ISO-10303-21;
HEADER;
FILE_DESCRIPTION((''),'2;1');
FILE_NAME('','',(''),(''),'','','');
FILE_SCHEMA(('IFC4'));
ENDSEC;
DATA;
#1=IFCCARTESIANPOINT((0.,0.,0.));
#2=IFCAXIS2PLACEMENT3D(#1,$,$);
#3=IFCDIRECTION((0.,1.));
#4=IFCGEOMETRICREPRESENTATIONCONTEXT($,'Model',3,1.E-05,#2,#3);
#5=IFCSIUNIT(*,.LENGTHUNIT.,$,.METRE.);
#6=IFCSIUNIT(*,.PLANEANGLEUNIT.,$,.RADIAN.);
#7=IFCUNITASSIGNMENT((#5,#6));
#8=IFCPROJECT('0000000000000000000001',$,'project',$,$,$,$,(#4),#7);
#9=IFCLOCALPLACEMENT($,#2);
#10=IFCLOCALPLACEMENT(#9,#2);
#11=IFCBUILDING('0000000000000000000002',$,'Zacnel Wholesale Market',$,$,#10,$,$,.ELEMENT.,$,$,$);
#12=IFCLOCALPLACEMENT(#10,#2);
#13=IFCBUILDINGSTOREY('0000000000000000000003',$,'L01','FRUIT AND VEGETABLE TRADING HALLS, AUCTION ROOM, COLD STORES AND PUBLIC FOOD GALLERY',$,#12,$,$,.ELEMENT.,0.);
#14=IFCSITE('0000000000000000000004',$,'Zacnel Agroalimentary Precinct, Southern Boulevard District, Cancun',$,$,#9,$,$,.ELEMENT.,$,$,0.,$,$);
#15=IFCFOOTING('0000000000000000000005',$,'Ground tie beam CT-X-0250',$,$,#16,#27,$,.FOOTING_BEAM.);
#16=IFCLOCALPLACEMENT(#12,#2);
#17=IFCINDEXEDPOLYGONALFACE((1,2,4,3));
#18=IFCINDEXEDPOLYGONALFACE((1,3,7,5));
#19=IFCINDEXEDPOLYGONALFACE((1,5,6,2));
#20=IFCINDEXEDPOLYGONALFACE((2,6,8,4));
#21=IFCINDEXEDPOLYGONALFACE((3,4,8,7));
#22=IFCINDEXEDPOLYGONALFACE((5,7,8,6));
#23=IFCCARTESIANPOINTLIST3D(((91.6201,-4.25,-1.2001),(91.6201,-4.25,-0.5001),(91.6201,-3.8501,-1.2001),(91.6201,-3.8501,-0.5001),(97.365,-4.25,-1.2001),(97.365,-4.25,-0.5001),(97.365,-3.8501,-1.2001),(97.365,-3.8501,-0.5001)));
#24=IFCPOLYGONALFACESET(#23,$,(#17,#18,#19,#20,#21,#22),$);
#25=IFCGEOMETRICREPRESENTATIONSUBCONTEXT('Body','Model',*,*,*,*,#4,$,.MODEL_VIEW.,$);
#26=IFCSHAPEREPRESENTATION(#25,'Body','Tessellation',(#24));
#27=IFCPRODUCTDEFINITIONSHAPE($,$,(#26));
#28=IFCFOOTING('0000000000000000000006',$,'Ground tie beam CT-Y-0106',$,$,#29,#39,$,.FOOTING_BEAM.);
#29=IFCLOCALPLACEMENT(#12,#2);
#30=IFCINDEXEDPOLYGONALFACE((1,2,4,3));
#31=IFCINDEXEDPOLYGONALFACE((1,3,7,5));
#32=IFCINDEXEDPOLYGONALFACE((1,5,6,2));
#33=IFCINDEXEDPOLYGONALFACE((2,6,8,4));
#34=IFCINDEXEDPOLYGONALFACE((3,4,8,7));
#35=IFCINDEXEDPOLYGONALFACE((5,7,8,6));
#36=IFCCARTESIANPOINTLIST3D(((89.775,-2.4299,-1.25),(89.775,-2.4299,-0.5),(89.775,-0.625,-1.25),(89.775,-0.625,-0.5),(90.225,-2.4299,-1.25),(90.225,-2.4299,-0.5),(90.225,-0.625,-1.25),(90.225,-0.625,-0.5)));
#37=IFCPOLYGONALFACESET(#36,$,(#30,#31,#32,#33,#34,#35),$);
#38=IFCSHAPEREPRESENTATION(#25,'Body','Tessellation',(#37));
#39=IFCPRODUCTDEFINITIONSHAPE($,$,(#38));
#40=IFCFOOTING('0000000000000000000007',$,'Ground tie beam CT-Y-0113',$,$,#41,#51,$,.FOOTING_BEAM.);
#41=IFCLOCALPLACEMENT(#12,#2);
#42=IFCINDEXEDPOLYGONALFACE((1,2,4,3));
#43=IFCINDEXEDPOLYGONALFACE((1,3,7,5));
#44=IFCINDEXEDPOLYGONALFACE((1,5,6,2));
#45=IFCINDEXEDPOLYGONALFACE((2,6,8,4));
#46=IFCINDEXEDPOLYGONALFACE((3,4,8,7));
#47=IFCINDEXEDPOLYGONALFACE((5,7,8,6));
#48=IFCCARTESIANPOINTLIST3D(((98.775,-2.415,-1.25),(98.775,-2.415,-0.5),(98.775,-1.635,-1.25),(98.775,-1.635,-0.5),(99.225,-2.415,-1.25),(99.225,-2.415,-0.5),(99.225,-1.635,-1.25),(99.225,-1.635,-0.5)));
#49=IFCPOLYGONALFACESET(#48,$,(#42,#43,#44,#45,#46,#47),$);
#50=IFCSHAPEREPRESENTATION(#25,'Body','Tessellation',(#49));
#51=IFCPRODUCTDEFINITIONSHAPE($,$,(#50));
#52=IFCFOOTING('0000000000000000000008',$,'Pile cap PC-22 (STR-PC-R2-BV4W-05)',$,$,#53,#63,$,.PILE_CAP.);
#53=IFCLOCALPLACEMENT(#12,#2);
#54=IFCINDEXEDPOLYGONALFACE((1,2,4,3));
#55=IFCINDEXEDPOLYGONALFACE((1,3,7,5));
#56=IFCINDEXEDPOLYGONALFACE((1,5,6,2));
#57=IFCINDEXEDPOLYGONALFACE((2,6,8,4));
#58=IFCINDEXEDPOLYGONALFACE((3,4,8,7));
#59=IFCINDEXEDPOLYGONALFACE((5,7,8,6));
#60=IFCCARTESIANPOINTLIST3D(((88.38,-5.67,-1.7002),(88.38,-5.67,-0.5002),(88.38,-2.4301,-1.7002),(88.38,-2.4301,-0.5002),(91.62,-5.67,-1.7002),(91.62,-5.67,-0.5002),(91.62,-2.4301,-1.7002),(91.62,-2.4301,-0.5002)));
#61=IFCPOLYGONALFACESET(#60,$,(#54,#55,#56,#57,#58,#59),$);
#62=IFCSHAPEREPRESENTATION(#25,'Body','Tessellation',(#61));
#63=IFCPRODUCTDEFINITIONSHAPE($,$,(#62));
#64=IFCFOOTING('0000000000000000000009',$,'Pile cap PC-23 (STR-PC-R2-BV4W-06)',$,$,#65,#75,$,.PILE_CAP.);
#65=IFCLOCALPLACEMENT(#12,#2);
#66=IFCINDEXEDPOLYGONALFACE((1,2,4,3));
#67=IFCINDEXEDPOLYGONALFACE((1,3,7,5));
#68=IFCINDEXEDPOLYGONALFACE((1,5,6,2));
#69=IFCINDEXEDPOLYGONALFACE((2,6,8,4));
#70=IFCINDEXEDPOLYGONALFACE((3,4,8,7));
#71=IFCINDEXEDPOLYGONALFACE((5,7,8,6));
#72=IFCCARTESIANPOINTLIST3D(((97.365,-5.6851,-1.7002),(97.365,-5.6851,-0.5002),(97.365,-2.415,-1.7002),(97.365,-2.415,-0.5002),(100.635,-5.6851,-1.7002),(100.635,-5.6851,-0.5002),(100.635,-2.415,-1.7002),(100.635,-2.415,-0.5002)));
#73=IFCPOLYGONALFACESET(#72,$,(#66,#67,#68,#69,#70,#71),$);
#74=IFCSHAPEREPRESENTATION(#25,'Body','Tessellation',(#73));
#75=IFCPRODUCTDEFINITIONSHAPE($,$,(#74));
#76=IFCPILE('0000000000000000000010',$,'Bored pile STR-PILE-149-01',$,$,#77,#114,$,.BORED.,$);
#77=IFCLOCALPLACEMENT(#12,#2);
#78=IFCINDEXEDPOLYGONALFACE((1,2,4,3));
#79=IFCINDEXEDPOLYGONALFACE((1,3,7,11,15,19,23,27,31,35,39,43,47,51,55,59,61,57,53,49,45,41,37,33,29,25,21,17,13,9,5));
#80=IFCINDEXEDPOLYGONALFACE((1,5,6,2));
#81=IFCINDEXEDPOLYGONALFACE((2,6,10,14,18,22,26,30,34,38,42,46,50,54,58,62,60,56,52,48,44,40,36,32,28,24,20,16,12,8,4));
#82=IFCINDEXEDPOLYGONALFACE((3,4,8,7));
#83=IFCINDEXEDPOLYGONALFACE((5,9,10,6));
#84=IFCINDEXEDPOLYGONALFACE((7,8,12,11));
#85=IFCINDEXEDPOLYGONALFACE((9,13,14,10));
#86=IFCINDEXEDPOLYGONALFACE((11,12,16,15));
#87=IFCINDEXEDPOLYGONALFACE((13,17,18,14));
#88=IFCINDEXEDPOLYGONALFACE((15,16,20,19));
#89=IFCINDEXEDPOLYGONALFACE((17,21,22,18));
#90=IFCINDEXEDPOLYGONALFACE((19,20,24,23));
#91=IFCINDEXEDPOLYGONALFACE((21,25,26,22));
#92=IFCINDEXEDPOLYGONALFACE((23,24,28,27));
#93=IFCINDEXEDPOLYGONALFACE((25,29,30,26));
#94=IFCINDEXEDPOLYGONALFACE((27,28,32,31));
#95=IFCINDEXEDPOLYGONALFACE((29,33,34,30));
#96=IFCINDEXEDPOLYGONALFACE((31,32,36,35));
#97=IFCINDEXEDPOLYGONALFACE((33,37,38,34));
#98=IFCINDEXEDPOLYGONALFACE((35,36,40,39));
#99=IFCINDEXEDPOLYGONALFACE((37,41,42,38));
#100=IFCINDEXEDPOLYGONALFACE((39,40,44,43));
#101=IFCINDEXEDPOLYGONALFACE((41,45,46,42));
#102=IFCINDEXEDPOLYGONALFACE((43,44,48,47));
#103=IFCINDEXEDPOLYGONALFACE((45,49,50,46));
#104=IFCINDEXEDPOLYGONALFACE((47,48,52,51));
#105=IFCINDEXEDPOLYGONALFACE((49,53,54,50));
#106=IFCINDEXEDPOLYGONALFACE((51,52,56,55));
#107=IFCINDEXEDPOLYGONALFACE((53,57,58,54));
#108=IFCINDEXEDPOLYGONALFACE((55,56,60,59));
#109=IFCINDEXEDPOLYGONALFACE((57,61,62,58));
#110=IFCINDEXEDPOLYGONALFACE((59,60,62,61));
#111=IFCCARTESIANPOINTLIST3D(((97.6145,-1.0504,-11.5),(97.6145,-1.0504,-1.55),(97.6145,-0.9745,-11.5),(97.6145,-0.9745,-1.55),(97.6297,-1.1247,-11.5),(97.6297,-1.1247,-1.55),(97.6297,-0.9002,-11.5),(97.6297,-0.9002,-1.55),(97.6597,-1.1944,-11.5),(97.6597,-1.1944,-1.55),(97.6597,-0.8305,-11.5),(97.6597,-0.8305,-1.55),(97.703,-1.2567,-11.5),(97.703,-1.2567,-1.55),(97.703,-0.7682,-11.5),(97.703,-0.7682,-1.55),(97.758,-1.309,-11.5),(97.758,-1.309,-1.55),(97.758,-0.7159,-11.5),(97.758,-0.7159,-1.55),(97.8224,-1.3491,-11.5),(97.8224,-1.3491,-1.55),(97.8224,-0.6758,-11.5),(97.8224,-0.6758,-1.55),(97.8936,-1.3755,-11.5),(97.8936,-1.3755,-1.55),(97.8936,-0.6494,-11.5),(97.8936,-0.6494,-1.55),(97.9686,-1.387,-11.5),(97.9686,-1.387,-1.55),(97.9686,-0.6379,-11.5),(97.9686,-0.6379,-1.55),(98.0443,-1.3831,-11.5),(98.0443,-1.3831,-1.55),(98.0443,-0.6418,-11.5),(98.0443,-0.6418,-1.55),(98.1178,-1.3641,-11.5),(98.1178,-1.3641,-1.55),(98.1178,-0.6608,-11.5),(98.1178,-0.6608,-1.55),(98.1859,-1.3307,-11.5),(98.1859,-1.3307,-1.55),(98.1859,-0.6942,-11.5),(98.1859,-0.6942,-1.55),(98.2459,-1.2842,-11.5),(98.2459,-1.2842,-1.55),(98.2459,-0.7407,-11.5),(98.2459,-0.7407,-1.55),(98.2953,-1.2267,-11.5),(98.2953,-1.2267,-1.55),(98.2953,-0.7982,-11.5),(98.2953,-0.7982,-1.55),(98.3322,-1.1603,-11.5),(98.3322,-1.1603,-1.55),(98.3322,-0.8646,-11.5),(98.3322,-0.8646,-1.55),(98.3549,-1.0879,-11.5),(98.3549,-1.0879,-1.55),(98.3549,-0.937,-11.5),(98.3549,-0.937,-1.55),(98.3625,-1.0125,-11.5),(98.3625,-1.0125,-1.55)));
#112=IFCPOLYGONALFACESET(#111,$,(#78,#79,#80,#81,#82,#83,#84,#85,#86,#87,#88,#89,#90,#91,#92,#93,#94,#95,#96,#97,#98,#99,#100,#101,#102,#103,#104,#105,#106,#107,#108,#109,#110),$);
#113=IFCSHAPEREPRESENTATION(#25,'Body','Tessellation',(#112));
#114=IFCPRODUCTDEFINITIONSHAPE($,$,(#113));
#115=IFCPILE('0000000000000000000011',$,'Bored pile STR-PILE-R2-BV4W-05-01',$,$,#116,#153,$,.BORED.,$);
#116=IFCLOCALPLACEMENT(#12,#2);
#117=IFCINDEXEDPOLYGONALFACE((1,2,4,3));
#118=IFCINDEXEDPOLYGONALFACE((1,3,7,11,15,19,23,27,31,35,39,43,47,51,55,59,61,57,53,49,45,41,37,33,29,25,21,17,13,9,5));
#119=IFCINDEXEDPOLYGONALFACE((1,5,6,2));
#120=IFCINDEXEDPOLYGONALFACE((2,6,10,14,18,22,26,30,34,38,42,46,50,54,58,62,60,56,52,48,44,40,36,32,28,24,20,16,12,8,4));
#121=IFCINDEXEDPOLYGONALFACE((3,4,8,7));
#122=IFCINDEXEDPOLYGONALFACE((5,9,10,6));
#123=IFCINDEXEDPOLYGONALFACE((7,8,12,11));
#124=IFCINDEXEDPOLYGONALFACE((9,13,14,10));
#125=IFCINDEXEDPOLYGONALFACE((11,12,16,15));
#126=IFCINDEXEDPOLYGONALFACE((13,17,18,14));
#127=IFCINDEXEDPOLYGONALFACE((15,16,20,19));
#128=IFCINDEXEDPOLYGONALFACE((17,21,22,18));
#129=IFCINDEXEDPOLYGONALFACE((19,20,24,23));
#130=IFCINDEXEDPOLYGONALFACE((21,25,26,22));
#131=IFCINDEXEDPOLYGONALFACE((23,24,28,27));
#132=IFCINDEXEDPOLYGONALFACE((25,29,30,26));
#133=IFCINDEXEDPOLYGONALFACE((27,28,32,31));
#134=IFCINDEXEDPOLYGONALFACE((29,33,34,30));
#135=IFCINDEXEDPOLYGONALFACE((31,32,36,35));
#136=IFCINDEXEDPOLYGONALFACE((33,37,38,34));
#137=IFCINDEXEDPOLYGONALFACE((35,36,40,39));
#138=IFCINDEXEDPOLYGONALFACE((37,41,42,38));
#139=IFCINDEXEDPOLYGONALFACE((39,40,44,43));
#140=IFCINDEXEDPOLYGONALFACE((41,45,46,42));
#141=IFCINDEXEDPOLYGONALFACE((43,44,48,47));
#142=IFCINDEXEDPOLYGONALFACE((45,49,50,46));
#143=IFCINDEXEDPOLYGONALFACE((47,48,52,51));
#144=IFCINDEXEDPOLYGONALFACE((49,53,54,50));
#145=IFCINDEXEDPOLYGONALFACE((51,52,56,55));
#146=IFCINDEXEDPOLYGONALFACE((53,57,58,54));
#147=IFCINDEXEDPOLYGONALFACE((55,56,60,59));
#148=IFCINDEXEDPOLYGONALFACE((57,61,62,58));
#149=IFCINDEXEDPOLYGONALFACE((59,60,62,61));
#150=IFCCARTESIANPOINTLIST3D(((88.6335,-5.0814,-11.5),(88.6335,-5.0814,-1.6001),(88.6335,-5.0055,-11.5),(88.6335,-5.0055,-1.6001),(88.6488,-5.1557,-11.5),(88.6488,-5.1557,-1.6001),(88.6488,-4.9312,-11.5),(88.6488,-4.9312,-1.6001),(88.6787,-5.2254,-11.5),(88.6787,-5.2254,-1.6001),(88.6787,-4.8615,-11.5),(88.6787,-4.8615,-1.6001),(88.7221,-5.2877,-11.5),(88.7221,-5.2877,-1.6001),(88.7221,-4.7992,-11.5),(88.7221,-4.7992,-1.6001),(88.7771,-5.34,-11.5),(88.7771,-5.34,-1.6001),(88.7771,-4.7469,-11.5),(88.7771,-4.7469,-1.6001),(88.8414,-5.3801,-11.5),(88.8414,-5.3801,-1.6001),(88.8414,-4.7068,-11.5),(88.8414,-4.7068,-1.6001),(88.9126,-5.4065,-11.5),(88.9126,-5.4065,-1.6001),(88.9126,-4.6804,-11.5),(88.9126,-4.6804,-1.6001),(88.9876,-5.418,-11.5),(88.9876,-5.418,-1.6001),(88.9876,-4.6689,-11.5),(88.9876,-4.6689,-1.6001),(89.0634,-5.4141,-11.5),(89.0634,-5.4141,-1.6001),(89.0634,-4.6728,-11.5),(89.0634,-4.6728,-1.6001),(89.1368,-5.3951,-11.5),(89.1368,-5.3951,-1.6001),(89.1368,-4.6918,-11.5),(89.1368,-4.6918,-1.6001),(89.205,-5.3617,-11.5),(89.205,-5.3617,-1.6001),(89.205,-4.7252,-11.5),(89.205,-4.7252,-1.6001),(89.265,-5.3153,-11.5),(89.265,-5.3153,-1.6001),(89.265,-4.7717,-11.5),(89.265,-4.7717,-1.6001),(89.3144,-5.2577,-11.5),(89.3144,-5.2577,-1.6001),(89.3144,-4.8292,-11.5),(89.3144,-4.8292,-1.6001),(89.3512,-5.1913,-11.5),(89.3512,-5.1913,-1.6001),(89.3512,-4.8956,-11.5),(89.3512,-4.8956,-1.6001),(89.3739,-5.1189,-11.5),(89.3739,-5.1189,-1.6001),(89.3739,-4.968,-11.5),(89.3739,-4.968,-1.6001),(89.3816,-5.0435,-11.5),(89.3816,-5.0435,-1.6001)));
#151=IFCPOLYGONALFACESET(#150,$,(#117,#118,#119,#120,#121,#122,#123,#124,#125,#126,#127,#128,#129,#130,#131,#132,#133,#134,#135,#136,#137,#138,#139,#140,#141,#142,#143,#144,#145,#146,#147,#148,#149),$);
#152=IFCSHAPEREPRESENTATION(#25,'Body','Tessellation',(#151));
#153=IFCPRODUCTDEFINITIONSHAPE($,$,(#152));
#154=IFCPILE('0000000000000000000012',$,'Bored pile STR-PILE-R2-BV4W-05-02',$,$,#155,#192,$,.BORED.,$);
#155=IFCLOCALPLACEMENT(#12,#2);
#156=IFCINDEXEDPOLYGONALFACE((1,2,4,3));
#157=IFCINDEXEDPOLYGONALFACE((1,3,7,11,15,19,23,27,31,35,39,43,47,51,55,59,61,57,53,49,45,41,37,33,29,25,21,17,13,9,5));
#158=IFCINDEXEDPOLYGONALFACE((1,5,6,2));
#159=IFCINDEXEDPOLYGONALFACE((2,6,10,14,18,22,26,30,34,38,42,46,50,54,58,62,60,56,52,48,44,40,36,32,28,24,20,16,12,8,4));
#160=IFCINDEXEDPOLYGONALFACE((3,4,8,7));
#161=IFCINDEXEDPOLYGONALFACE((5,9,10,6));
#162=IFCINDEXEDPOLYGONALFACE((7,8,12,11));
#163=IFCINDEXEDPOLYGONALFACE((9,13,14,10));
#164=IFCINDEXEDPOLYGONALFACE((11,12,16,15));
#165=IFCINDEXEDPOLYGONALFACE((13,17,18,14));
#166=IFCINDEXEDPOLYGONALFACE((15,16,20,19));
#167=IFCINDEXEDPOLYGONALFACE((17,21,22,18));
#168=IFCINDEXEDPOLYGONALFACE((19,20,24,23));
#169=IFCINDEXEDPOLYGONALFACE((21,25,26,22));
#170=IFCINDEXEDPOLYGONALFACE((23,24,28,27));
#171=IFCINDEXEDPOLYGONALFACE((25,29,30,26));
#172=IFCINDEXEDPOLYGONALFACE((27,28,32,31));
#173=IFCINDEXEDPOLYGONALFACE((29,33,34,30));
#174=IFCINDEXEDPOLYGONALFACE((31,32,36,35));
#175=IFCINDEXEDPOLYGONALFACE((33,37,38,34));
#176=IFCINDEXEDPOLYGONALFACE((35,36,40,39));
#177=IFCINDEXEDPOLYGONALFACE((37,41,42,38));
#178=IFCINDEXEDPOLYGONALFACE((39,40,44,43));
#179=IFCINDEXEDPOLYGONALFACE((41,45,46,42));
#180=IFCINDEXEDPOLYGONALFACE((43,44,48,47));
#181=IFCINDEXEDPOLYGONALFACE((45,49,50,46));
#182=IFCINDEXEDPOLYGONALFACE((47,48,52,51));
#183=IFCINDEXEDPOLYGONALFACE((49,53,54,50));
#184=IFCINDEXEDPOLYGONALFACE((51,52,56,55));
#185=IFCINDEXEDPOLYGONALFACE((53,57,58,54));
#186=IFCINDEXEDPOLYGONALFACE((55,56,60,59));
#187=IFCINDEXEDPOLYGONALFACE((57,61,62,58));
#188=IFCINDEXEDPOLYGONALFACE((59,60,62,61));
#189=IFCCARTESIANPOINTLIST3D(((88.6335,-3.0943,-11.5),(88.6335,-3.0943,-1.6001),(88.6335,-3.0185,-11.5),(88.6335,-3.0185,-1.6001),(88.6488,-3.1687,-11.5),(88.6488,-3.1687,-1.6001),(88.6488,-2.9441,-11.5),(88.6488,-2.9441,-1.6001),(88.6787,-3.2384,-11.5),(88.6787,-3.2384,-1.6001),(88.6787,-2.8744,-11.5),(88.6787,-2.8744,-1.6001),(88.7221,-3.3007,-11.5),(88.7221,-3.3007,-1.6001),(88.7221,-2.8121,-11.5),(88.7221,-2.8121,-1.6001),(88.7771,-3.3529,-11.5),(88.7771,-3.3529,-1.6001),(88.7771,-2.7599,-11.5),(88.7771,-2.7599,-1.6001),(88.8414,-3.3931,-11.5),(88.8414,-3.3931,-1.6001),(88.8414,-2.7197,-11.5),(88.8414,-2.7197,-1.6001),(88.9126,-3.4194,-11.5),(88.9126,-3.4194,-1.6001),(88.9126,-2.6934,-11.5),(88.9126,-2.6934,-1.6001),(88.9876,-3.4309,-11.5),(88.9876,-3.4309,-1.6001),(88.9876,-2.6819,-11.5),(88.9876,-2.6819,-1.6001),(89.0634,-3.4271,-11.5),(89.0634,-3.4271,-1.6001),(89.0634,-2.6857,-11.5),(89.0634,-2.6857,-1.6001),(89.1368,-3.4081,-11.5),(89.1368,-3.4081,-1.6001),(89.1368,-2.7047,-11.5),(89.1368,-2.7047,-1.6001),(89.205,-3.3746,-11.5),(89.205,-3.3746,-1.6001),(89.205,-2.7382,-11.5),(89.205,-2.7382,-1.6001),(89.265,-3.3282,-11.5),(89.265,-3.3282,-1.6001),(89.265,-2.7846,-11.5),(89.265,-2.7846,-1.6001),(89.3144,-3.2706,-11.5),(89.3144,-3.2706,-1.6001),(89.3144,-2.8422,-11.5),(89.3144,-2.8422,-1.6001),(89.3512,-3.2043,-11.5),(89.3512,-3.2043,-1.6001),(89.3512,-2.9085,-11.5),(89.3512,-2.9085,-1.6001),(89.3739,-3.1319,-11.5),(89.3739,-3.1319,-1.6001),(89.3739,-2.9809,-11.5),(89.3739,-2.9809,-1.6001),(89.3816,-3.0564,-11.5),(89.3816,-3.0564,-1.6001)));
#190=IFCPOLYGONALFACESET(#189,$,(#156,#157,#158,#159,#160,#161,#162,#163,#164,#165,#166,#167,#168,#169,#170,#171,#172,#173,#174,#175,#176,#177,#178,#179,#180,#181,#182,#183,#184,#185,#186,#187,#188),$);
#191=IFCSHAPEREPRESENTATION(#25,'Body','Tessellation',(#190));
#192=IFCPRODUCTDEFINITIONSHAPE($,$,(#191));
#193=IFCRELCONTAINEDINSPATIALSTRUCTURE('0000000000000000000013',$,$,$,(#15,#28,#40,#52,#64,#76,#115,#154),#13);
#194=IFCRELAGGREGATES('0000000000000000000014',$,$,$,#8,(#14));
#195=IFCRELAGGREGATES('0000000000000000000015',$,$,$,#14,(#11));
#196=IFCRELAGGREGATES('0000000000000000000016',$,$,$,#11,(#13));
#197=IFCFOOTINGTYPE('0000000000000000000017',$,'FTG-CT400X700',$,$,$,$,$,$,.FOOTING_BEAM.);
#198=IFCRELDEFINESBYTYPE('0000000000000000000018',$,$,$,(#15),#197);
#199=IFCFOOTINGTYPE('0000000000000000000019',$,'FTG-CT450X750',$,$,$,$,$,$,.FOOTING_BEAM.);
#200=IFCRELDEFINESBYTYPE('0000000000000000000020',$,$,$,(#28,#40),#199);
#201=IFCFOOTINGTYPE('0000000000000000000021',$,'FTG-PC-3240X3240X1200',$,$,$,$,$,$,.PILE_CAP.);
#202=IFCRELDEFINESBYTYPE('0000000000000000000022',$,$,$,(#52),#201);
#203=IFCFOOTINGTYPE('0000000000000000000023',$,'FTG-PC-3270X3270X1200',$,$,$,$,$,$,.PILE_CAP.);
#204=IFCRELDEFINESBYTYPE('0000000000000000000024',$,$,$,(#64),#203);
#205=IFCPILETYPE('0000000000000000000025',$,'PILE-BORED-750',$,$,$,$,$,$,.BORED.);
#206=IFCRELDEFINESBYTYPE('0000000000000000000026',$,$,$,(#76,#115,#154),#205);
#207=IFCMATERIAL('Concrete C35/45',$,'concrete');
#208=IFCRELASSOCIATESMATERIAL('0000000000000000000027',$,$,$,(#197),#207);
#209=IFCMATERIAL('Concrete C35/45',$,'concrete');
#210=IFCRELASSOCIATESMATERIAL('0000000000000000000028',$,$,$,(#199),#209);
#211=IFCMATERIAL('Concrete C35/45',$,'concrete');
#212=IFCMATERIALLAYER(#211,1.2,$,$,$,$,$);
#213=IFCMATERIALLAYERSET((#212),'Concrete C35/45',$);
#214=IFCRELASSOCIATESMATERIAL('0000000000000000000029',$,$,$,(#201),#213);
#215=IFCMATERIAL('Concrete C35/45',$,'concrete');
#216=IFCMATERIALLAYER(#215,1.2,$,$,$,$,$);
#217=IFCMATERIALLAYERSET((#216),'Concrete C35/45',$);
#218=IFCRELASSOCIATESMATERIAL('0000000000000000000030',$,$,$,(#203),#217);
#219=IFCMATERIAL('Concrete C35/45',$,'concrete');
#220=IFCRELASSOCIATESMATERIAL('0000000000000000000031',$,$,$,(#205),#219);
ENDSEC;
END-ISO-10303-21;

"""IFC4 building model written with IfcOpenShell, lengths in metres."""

from ifc_helpers import new_model, si_unit, direction, frame, origin, origin_2d, place, context, subcontext, project, spatial, rectangle, circle, extrude, material, layer, layer_set, material_profile, profile_set, type_object, element, save


model = new_model("IFC4")

# Units and contexts
model_context = context("Model", 3, precision=1e-05, world=origin(), true_north=direction((0.0, 1.0)))
body_context = subcontext(model_context, "Body", "Model", "MODEL_VIEW")
ifc_project = project(units=[si_unit("LENGTHUNIT", "METRE"), si_unit("PLANEANGLEUNIT", "RADIAN")], contexts=[model_context])

# Site, building, storey
site_placement = place(None, origin())
site = spatial("IfcSite", under=ifc_project, at=site_placement, Name="Zacnel Agroalimentary Precinct, Southern Boulevard District, Cancun", CompositionType="ELEMENT", RefElevation=0.0)
building_placement = place(site_placement, origin())
building = spatial("IfcBuilding", under=site, at=building_placement, Name="Zacnel Wholesale Market", CompositionType="ELEMENT")
storey_placement = place(building_placement, origin())
storey = spatial("IfcBuildingStorey", under=building, at=storey_placement, Name="L01", Description="FRUIT AND VEGETABLE TRADING HALLS, AUCTION ROOM, COLD STORES AND PUBLIC FOOD GALLERY", CompositionType="ELEMENT", Elevation=0.0)

# Footings
ifc_material_1 = material(Name="Concrete C35/45", Category="concrete")
ifc_material_profile_1 = material_profile(ifc_material_1, rectangle(XDim=0.3999, YDim=0.7, at=origin_2d()), Name="CT 400x700")
ifc_profile_set_1 = profile_set([ifc_material_profile_1], Name="Concrete C35/45")
footing_type_1 = type_object("IfcFootingType", Name="FTG-CT400X700", PredefinedType="FOOTING_BEAM", material=ifc_profile_set_1)
footing_1_placement = place(storey_placement, frame((91.6201, -4.05, -0.8501), z_axis=(1.0, 0.0, 0.0), x_axis=(0.0, 1.0, 0.0)))
element("IfcFooting", 1, at=footing_1_placement, inside=storey, type_object=footing_type_1, Name="Ground tie beam CT-X-0250", PredefinedType="FOOTING_BEAM", context=body_context, shape_type="SweptSolid", body=[
    extrude(rectangle(XDim=0.3999, YDim=0.7, at=origin_2d()), origin(), (0.0, 0.0, 1.0), 5.7449),
])
ifc_material_2 = material(Name="Concrete C35/45", Category="concrete")
ifc_material_profile_2 = material_profile(ifc_material_2, rectangle(XDim=0.45, YDim=0.75, at=origin_2d()), Name="CT 450x750")
ifc_profile_set_2 = profile_set([ifc_material_profile_2], Name="Concrete C35/45")
footing_type_2 = type_object("IfcFootingType", Name="FTG-CT450X750", PredefinedType="FOOTING_BEAM", material=ifc_profile_set_2)
footing_2_placement = place(storey_placement, frame((90.0, -2.4299, -0.875), z_axis=(0.0, 1.0, 0.0), x_axis=(-1.0, 0.0, 0.0)))
element("IfcFooting", 2, at=footing_2_placement, inside=storey, type_object=footing_type_2, Name="Ground tie beam CT-Y-0106", PredefinedType="FOOTING_BEAM", context=body_context, shape_type="SweptSolid", body=[
    extrude(rectangle(XDim=0.45, YDim=0.75, at=origin_2d()), origin(), (0.0, 0.0, 1.0), 1.8049),
])
footing_3_placement = place(storey_placement, frame((99.0, -2.415, -0.875), z_axis=(0.0, 1.0, 0.0), x_axis=(-1.0, 0.0, 0.0)))
element("IfcFooting", 3, at=footing_3_placement, inside=storey, type_object=footing_type_2, Name="Ground tie beam CT-Y-0113", PredefinedType="FOOTING_BEAM", context=body_context, shape_type="SweptSolid", body=[
    extrude(rectangle(XDim=0.45, YDim=0.75, at=origin_2d()), origin(), (0.0, 0.0, 1.0), 0.78),
])
ifc_material_3 = material(Name="Concrete C35/45", Category="concrete")
ifc_layer_1 = layer(ifc_material_3, 1.2)
ifc_layer_set_1 = layer_set([ifc_layer_1], Name="Concrete C35/45")
footing_type_3 = type_object("IfcFootingType", Name="FTG-PC-3240X3240X1200", PredefinedType="PILE_CAP", material=ifc_layer_set_1)
footing_4_placement = place(storey_placement, frame((90.0, -4.05, -1.7002), z_axis=(0.0, 0.0, 1.0), x_axis=(1.0, 0.0, 0.0)))
element("IfcFooting", 4, at=footing_4_placement, inside=storey, type_object=footing_type_3, Name="Pile cap PC-22 (STR-PC-R2-BV4W-05)", PredefinedType="PILE_CAP", context=body_context, shape_type="SweptSolid", body=[
    extrude(rectangle(XDim=3.24, YDim=3.24, at=origin_2d()), origin(), (0.0, 0.0, 1.0), 1.2),
])
ifc_material_4 = material(Name="Concrete C35/45", Category="concrete")
ifc_layer_2 = layer(ifc_material_4, 1.2)
ifc_layer_set_2 = layer_set([ifc_layer_2], Name="Concrete C35/45")
footing_type_4 = type_object("IfcFootingType", Name="FTG-PC-3270X3270X1200", PredefinedType="PILE_CAP", material=ifc_layer_set_2)
footing_5_placement = place(storey_placement, frame((99.0, -4.05, -1.7002), z_axis=(0.0, 0.0, 1.0), x_axis=(1.0, 0.0, 0.0)))
element("IfcFooting", 5, at=footing_5_placement, inside=storey, type_object=footing_type_4, Name="Pile cap PC-23 (STR-PC-R2-BV4W-06)", PredefinedType="PILE_CAP", context=body_context, shape_type="SweptSolid", body=[
    extrude(rectangle(XDim=3.27, YDim=3.27, at=origin_2d()), origin(), (0.0, 0.0, 1.0), 1.2),
])

# Piles
ifc_material_5 = material(Name="Concrete C35/45", Category="concrete")
ifc_material_profile_3 = material_profile(ifc_material_5, circle(Radius=0.375, at=origin_2d()), Name="BORED PILE D750")
ifc_profile_set_3 = profile_set([ifc_material_profile_3], Name="Concrete C35/45")
pile_type = type_object("IfcPileType", Name="PILE-BORED-750", PredefinedType="BORED", material=ifc_profile_set_3)
pile_placement = place(storey_placement, frame((97.9875, -1.0125, -1.55), z_axis=(0.0, 0.0, -1.0), x_axis=(1.0, 0.0, 0.0)))
element("IfcPile", 6, at=pile_placement, inside=storey, type_object=pile_type, Name="Bored pile STR-PILE-149-01", PredefinedType="BORED", context=body_context, shape_type="SweptSolid", body=[
    extrude(circle(Radius=0.375, at=origin_2d()), origin(), (0.0, 0.0, 1.0), 9.95),
])
for number, where, z_axis, x_axis, name in (
    (7, (89.0066, -5.0435, -1.6001), (0.0, 0.0, -1.0), (1.0, 0.0, 0.0), "Bored pile STR-PILE-R2-BV4W-05-01"),
    (8, (89.0066, -3.0564, -1.6001), (0.0, 0.0, -1.0), (1.0, 0.0, 0.0), "Bored pile STR-PILE-R2-BV4W-05-02"),
):
    element("IfcPile", number, at=place(storey_placement, frame(where, z_axis=z_axis, x_axis=x_axis)), inside=storey, type_object=pile_type, Name=name, PredefinedType="BORED", context=body_context, shape_type="SweptSolid", body=[
        extrude(circle(Radius=0.375, at=origin_2d()), origin(), (0.0, 0.0, 1.0), 9.8999),
    ])

save(model, "model.ifc")
